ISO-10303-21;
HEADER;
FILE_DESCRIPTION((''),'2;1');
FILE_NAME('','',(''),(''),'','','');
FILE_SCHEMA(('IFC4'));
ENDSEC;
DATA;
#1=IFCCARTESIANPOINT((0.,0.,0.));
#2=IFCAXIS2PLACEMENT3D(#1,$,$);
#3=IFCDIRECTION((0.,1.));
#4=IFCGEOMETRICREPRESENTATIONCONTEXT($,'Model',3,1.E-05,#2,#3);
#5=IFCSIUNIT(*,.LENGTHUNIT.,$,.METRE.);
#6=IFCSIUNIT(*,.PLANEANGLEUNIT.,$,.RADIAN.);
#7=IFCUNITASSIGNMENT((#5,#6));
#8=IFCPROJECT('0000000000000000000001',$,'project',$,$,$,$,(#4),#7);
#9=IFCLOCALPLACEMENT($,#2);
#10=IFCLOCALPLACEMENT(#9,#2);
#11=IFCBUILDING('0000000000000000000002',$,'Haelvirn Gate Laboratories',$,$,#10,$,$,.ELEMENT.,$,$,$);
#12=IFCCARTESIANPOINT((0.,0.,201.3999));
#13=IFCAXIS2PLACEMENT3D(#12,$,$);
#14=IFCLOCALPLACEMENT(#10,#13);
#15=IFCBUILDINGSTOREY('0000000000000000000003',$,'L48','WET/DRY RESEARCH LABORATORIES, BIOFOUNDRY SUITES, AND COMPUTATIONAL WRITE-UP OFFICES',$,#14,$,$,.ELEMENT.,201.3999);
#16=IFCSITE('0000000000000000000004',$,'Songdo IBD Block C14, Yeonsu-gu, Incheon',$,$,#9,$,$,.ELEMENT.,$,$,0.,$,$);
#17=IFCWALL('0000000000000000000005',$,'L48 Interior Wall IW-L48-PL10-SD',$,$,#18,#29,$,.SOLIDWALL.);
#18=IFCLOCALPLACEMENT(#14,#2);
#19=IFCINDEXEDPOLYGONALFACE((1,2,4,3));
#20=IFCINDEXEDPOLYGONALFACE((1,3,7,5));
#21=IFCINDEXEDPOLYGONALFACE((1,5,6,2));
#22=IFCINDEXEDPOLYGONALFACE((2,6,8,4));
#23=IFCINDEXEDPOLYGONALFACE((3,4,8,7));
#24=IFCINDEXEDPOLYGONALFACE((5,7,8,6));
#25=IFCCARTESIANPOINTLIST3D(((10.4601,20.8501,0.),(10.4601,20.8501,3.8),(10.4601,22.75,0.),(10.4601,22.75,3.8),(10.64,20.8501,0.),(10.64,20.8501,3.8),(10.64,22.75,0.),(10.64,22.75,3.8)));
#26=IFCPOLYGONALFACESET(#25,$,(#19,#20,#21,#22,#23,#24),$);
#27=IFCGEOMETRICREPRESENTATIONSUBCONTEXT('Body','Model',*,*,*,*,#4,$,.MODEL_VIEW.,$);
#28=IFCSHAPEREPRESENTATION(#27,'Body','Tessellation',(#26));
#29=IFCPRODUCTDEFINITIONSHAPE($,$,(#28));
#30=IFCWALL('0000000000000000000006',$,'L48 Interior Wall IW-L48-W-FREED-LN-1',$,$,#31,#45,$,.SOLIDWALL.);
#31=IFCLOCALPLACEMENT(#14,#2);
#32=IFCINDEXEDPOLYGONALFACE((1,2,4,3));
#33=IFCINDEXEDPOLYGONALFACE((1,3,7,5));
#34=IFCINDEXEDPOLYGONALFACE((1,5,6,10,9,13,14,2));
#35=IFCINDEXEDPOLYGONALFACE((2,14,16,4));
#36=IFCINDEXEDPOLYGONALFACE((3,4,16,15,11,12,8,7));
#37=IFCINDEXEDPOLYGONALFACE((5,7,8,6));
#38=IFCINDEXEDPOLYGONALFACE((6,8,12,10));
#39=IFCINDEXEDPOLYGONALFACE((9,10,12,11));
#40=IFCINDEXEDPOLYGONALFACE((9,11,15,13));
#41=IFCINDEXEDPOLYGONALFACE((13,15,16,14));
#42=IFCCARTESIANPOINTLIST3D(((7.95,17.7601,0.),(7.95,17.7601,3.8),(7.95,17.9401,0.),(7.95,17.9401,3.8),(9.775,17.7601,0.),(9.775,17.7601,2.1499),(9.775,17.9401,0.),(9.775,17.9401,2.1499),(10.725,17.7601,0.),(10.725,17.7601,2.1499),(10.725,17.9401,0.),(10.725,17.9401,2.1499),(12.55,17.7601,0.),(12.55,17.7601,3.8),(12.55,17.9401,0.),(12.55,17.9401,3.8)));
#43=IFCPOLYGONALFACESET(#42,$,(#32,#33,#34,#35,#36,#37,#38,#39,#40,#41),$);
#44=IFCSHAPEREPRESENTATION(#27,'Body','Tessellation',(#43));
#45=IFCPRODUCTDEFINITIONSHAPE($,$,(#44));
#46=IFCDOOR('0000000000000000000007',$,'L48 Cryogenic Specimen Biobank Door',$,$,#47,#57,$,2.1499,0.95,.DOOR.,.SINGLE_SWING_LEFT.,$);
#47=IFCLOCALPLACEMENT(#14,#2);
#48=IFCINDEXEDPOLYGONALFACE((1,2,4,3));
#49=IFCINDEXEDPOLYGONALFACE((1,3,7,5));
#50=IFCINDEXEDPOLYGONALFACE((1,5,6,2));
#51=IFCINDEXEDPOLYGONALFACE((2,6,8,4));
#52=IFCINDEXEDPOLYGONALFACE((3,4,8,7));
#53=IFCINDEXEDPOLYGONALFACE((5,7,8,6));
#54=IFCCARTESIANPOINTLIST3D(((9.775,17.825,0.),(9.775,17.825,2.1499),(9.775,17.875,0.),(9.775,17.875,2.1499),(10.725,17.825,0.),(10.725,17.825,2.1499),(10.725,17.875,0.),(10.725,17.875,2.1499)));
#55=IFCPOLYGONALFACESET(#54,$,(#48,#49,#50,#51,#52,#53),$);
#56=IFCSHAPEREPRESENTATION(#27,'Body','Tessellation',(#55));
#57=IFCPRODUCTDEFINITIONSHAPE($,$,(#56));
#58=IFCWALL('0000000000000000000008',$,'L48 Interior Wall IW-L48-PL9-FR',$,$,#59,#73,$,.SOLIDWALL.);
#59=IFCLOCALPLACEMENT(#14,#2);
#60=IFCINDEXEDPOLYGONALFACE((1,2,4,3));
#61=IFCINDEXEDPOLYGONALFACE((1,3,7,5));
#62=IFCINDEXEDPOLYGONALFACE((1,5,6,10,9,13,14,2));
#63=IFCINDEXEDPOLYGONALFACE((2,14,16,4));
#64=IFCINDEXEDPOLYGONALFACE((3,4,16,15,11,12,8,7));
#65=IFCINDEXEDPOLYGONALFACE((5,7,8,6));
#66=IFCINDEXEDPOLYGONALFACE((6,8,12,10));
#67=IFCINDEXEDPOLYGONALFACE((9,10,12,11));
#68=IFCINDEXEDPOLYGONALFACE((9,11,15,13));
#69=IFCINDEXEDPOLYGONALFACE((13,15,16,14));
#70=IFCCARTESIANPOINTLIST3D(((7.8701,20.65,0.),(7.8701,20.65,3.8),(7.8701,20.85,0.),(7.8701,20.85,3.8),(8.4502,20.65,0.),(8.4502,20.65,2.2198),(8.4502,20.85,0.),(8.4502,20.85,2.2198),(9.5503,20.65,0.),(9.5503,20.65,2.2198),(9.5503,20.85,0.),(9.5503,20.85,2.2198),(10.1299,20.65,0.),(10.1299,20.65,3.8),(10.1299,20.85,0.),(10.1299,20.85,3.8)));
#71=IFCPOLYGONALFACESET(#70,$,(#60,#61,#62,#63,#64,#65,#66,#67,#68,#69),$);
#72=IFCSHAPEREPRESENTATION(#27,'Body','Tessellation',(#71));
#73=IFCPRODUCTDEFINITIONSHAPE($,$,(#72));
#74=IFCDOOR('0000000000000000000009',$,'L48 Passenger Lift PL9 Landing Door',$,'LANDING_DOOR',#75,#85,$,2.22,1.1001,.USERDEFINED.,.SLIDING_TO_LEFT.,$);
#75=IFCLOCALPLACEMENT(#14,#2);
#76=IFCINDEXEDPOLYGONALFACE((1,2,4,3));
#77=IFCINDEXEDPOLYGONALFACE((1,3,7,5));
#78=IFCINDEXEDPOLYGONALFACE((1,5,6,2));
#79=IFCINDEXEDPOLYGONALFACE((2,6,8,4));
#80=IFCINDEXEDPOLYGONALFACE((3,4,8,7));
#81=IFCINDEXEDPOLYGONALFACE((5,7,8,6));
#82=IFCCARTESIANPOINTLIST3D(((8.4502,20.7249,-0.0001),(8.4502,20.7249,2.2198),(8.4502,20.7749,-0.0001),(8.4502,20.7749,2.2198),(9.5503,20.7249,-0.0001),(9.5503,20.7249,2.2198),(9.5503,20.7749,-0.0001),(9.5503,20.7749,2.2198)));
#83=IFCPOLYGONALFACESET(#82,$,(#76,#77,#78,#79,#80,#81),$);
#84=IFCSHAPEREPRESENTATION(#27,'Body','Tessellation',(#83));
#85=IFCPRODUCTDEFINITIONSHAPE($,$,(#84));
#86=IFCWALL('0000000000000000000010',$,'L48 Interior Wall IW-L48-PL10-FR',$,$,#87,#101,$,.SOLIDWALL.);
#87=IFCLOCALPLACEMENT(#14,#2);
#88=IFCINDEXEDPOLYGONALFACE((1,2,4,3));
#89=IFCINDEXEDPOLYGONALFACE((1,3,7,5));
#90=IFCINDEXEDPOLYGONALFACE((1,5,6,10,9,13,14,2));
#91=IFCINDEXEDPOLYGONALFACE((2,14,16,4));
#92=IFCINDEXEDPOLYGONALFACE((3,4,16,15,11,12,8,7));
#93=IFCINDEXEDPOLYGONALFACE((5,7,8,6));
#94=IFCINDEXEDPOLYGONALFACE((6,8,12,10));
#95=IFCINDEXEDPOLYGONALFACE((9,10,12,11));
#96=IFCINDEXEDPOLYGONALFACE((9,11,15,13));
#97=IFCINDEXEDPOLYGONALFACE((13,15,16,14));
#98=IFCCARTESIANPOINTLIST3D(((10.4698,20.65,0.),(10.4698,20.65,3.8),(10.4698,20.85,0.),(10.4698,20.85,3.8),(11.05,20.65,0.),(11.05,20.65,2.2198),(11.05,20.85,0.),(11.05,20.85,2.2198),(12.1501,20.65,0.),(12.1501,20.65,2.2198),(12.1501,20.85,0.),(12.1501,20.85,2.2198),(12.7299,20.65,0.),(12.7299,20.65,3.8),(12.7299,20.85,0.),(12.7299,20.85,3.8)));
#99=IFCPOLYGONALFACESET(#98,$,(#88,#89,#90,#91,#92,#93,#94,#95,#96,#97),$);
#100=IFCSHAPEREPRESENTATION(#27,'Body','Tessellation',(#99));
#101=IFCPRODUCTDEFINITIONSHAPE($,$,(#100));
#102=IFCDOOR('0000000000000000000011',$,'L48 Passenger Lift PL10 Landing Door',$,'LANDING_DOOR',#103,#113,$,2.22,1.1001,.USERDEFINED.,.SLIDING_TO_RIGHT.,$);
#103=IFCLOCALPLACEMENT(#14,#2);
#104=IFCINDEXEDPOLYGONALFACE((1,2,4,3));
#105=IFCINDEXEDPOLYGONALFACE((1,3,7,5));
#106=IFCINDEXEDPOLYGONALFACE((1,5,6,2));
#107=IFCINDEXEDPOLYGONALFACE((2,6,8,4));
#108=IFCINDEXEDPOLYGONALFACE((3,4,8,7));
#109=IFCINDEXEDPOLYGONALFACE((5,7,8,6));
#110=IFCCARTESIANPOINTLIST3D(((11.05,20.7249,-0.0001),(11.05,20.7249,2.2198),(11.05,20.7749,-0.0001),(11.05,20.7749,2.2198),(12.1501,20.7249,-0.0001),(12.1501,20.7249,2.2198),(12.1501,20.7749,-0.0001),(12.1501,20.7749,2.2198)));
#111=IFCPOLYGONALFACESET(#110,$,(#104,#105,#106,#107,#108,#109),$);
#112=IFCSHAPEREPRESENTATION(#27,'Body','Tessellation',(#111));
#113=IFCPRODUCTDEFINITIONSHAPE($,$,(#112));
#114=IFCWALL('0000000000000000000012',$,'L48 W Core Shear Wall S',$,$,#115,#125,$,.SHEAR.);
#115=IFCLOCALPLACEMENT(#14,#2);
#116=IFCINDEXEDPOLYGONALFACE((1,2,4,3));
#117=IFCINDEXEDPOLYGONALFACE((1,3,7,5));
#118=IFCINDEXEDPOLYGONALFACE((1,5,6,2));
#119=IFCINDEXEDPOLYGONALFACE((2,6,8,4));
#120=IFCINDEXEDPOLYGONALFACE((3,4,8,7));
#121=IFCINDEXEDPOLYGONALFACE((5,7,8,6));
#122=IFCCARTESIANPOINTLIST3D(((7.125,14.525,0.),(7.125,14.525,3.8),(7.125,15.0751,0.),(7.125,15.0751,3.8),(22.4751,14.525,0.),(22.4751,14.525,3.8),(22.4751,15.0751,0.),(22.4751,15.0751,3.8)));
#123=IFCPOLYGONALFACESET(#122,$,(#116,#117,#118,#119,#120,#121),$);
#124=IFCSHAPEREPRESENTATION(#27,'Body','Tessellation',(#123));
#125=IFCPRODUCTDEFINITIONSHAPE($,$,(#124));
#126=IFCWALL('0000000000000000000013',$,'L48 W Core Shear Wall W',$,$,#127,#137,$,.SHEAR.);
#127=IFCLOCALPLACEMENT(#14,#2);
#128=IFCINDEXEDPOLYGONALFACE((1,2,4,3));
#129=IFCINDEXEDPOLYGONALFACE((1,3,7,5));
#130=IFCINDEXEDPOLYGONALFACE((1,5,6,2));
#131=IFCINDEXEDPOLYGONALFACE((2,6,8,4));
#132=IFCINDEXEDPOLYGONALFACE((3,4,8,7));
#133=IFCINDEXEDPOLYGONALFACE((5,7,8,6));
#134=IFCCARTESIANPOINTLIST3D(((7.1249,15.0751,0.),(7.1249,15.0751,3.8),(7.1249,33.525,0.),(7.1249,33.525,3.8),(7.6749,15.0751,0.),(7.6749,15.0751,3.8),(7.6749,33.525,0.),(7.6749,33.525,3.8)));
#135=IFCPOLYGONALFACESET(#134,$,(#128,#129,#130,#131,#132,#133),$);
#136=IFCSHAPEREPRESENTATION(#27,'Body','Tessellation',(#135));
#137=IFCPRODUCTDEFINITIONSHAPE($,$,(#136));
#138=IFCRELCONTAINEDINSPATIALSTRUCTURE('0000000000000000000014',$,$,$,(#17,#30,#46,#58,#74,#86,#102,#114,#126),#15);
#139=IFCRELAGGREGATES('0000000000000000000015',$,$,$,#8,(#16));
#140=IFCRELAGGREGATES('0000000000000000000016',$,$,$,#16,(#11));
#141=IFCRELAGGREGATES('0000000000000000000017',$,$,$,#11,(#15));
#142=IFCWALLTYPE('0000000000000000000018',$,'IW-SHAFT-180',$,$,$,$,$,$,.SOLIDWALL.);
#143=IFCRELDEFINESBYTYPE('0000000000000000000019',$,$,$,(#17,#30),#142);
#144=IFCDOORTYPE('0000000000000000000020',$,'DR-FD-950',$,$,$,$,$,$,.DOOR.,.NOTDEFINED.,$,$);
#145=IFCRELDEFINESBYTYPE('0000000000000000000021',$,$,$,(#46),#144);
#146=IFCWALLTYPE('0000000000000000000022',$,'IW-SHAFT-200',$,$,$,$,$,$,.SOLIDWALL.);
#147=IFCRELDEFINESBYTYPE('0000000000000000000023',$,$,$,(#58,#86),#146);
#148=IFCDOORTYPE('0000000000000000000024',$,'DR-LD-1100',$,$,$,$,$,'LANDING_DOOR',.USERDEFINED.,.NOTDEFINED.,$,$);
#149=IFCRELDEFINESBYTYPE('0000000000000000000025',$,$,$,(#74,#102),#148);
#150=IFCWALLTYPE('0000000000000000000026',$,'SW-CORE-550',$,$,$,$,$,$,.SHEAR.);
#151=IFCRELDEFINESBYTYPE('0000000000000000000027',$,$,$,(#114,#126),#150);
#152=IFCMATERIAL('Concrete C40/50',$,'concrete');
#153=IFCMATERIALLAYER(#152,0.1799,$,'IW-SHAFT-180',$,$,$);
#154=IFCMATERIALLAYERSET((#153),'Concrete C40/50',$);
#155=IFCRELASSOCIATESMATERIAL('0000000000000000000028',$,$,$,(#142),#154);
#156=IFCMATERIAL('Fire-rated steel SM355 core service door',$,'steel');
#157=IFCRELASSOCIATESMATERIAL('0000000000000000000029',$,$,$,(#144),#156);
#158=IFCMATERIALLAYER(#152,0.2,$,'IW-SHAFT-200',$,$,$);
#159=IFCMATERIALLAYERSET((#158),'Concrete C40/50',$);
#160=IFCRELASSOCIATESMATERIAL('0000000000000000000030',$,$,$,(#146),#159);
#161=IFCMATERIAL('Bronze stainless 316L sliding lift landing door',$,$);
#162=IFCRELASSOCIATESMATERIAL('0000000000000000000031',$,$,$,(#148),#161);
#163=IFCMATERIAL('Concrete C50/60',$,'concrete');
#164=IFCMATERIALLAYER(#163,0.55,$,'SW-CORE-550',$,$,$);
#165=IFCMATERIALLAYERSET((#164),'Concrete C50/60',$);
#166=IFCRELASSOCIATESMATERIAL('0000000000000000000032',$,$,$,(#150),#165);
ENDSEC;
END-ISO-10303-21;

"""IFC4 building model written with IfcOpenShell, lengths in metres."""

from ifc_helpers import new_model, si_unit, direction, frame, frame_2d, origin, place, context, subcontext, project, spatial, rectangle, extrude, source, transform, mapped, material, layer, layer_set, type_object, type_shapes, element, fill, save


model = new_model("IFC4")

# Units and contexts
model_context = context("Model", 3, precision=1e-05, world=origin(), true_north=direction((0.0, 1.0)))
body_context = subcontext(model_context, "Body", "Model", "MODEL_VIEW")
ifc_project = project(units=[si_unit("LENGTHUNIT", "METRE"), si_unit("PLANEANGLEUNIT", "RADIAN")], contexts=[model_context])

# Site, building, storey
site_placement = place(None, origin())
site = spatial("IfcSite", under=ifc_project, at=site_placement, Name="Songdo IBD Block C14, Yeonsu-gu, Incheon", CompositionType="ELEMENT", RefElevation=0.0)
building_placement = place(site_placement, origin())
building = spatial("IfcBuilding", under=site, at=building_placement, Name="Haelvirn Gate Laboratories", CompositionType="ELEMENT")
storey_placement = place(building_placement, frame((0.0, 0.0, 201.3999)))
storey = spatial("IfcBuildingStorey", under=building, at=storey_placement, Name="L48", Description="WET/DRY RESEARCH LABORATORIES, BIOFOUNDRY SUITES, AND COMPUTATIONAL WRITE-UP OFFICES", CompositionType="ELEMENT", Elevation=201.3999)

# Shared definitions
ifc_material_1 = material(Name="Concrete C50/60", Category="concrete")

# Wall
ifc_material_2 = material(Name="Concrete C40/50", Category="concrete")
ifc_layer_1 = layer(ifc_material_2, 0.1799, Name="IW-SHAFT-180")
ifc_layer_set_1 = layer_set([ifc_layer_1], Name="Concrete C40/50")
wall_type_1 = type_object("IfcWallType", Name="IW-SHAFT-180", PredefinedType="SOLIDWALL", material=ifc_layer_set_1)
for number, where, z_axis, x_axis, name in (
    (1, (10.55, 20.8501, 0.0), (0.0, 0.0, 1.0), (0.0, 1.0, 0.0), "L48 Interior Wall IW-L48-PL10-SD"),
):
    element("IfcWall", number, at=place(storey_placement, frame(where, z_axis=z_axis, x_axis=x_axis)), inside=storey, type_object=wall_type_1, Name=name, PredefinedType="SOLIDWALL", context=body_context, shape_type="SweptSolid", body=[
        extrude(rectangle(XDim=1.8999, YDim=0.1799, at=frame_2d((0.95, 0.0))), origin(), (0.0, 0.0, 1.0), 3.8),
    ])

# Walls, openings, doors
wall_1_placement = place(storey_placement, frame((7.95, 17.8501, 0.0), z_axis=(0.0, 0.0, 1.0), x_axis=(1.0, 0.0, 0.0)))
wall_1 = element("IfcWall", 2, at=wall_1_placement, inside=storey, type_object=wall_type_1, Name="L48 Interior Wall IW-L48-W-FREED-LN-1", PredefinedType="SOLIDWALL", context=body_context, shape_type="SweptSolid", body=[
    extrude(rectangle(XDim=4.6001, YDim=0.1799, at=frame_2d((2.3, 0.0))), origin(), (0.0, 0.0, 1.0), 3.8),
])
opening_1_placement = place(wall_1_placement, frame((1.825, 0.0, 0.0)))
opening_1 = element("IfcOpeningElement", 3, at=opening_1_placement, cuts=wall_1, PredefinedType="OPENING", context=body_context, shape_type="SweptSolid", body=[
    extrude(rectangle(XDim=0.95, YDim=2.1499, at=frame_2d((0.4751, 1.075))), frame((0.0, 0.1001, 0.0), z_axis=(0.0, -1.0, 0.0), x_axis=(1.0, 0.0, 0.0)), (0.0, 0.0, 1.0), 0.2),
])
ifc_material_3 = material(Name="Fire-rated steel SM355 core service door", Category="steel")
door_type_1 = type_object("IfcDoorType", Name="DR-FD-950", OperationType="NOTDEFINED", PredefinedType="DOOR", material=ifc_material_3)
shared_shape_1 = source(origin(), body_context, "Body", "SweptSolid", [
    extrude(rectangle(XDim=0.95, YDim=2.1499, at=frame_2d((0.4751, 1.075))), frame((0.0, 0.0249, 0.0), z_axis=(0.0, -1.0, 0.0), x_axis=(1.0, 0.0, 0.0)), (0.0, 0.0, 1.0), 0.05),
])
type_shapes(door_type_1, [shared_shape_1])
door_1_placement = place(opening_1_placement, origin())
door_1 = element("IfcDoor", 4, at=door_1_placement, inside=storey, type_object=door_type_1, Name="L48 Cryogenic Specimen Biobank Door", OperationType="SINGLE_SWING_LEFT", OverallHeight=2.1499, OverallWidth=0.95, PredefinedType="DOOR", context=body_context, shape_type="MappedRepresentation", body=[
    mapped(shared_shape_1, transform((0.0, 0.0, 0.0), scale=1.0)),
])
fill(opening_1, door_1)
ifc_layer_2 = layer(ifc_material_2, 0.2, Name="IW-SHAFT-200")
ifc_layer_set_2 = layer_set([ifc_layer_2], Name="Concrete C40/50")
wall_type_2 = type_object("IfcWallType", Name="IW-SHAFT-200", PredefinedType="SOLIDWALL", material=ifc_layer_set_2)
wall_2_placement = place(storey_placement, frame((7.8701, 20.75, 0.0), z_axis=(0.0, 0.0, 1.0), x_axis=(1.0, 0.0, 0.0)))
wall_2 = element("IfcWall", 5, at=wall_2_placement, inside=storey, type_object=wall_type_2, Name="L48 Interior Wall IW-L48-PL9-FR", PredefinedType="SOLIDWALL", context=body_context, shape_type="SweptSolid", body=[
    extrude(rectangle(XDim=2.2598, YDim=0.2, at=frame_2d((1.1299, 0.0))), origin(), (0.0, 0.0, 1.0), 3.8),
])
opening_2_placement = place(wall_2_placement, frame((0.5801, 0.0, 0.0)))
opening_2 = element("IfcOpeningElement", 6, at=opening_2_placement, cuts=wall_2, PredefinedType="OPENING", context=body_context, shape_type="SweptSolid", body=[
    extrude(rectangle(XDim=1.1001, YDim=2.22, at=frame_2d((0.55, 1.1099))), frame((0.0, 0.1099, 0.0), z_axis=(0.0, -1.0, 0.0), x_axis=(1.0, 0.0, 0.0)), (0.0, 0.0, 1.0), 0.22),
])
ifc_material_4 = material(Name="Bronze stainless 316L sliding lift landing door")
door_type_2 = type_object("IfcDoorType", Name="DR-LD-1100", ElementType="LANDING_DOOR", OperationType="NOTDEFINED", PredefinedType="USERDEFINED", material=ifc_material_4)
shared_shape_2 = source(origin(), body_context, "Body", "SweptSolid", [
    extrude(rectangle(XDim=1.1001, YDim=2.22, at=frame_2d((0.55, 1.1099))), frame((0.0, 0.0249, 0.0), z_axis=(0.0, -1.0, 0.0), x_axis=(1.0, 0.0, 0.0)), (0.0, 0.0, 1.0), 0.05),
])
type_shapes(door_type_2, [shared_shape_2])
door_2_placement = place(opening_2_placement, origin())
door_2 = element("IfcDoor", 7, at=door_2_placement, inside=storey, type_object=door_type_2, Name="L48 Passenger Lift PL9 Landing Door", ObjectType="LANDING_DOOR", OperationType="SLIDING_TO_LEFT", OverallHeight=2.22, OverallWidth=1.1001, PredefinedType="USERDEFINED", context=body_context, shape_type="MappedRepresentation", body=[
    mapped(shared_shape_2, transform((0.0, 0.0, 0.0), scale=1.0)),
])
fill(opening_2, door_2)
wall_3_placement = place(storey_placement, frame((10.47, 20.75, 0.0), z_axis=(0.0, 0.0, 1.0), x_axis=(1.0, 0.0, 0.0)))
wall_3 = element("IfcWall", 8, at=wall_3_placement, inside=storey, type_object=wall_type_2, Name="L48 Interior Wall IW-L48-PL10-FR", PredefinedType="SOLIDWALL", context=body_context, shape_type="SweptSolid", body=[
    extrude(rectangle(XDim=2.26, YDim=0.2, at=frame_2d((1.1299, 0.0))), origin(), (0.0, 0.0, 1.0), 3.8),
])
opening_3_placement = place(wall_3_placement, frame((0.5801, 0.0, 0.0)))
opening_3 = element("IfcOpeningElement", 9, at=opening_3_placement, cuts=wall_3, PredefinedType="OPENING", context=body_context, shape_type="SweptSolid", body=[
    extrude(rectangle(XDim=1.1001, YDim=2.22, at=frame_2d((0.55, 1.1099))), frame((0.0, 0.1099, 0.0), z_axis=(0.0, -1.0, 0.0), x_axis=(1.0, 0.0, 0.0)), (0.0, 0.0, 1.0), 0.22),
])
door_3_placement = place(opening_3_placement, origin())
door_3 = element("IfcDoor", 10, at=door_3_placement, inside=storey, type_object=door_type_2, Name="L48 Passenger Lift PL10 Landing Door", ObjectType="LANDING_DOOR", OperationType="SLIDING_TO_RIGHT", OverallHeight=2.22, OverallWidth=1.1001, PredefinedType="USERDEFINED", context=body_context, shape_type="MappedRepresentation", body=[
    mapped(shared_shape_2, transform((0.0, 0.0, 0.0), scale=1.0)),
])
fill(opening_3, door_3)

# Walls
ifc_layer_3 = layer(ifc_material_1, 0.55, Name="SW-CORE-550")
ifc_layer_set_3 = layer_set([ifc_layer_3], Name="Concrete C50/60")
wall_type_3 = type_object("IfcWallType", Name="SW-CORE-550", PredefinedType="SHEAR", material=ifc_layer_set_3)
wall_4_placement = place(storey_placement, frame((7.125, 14.8, 0.0), z_axis=(0.0, 0.0, 1.0), x_axis=(1.0, 0.0, 0.0)))
element("IfcWall", 11, at=wall_4_placement, inside=storey, type_object=wall_type_3, Name="L48 W Core Shear Wall S", PredefinedType="SHEAR", context=body_context, shape_type="SweptSolid", body=[
    extrude(rectangle(XDim=15.3501, YDim=0.55, at=frame_2d((7.675, 0.0))), origin(), (0.0, 0.0, 1.0), 3.8),
])
wall_5_placement = place(storey_placement, frame((7.3999, 15.075, 0.0), z_axis=(0.0, 0.0, 1.0), x_axis=(0.0, 1.0, 0.0)))
element("IfcWall", 12, at=wall_5_placement, inside=storey, type_object=wall_type_3, Name="L48 W Core Shear Wall W", PredefinedType="SHEAR", context=body_context, shape_type="SweptSolid", body=[
    extrude(rectangle(XDim=18.45, YDim=0.55, at=frame_2d((9.2251, 0.0))), origin(), (0.0, 0.0, 1.0), 3.8),
])

save(model, "model.ifc")
